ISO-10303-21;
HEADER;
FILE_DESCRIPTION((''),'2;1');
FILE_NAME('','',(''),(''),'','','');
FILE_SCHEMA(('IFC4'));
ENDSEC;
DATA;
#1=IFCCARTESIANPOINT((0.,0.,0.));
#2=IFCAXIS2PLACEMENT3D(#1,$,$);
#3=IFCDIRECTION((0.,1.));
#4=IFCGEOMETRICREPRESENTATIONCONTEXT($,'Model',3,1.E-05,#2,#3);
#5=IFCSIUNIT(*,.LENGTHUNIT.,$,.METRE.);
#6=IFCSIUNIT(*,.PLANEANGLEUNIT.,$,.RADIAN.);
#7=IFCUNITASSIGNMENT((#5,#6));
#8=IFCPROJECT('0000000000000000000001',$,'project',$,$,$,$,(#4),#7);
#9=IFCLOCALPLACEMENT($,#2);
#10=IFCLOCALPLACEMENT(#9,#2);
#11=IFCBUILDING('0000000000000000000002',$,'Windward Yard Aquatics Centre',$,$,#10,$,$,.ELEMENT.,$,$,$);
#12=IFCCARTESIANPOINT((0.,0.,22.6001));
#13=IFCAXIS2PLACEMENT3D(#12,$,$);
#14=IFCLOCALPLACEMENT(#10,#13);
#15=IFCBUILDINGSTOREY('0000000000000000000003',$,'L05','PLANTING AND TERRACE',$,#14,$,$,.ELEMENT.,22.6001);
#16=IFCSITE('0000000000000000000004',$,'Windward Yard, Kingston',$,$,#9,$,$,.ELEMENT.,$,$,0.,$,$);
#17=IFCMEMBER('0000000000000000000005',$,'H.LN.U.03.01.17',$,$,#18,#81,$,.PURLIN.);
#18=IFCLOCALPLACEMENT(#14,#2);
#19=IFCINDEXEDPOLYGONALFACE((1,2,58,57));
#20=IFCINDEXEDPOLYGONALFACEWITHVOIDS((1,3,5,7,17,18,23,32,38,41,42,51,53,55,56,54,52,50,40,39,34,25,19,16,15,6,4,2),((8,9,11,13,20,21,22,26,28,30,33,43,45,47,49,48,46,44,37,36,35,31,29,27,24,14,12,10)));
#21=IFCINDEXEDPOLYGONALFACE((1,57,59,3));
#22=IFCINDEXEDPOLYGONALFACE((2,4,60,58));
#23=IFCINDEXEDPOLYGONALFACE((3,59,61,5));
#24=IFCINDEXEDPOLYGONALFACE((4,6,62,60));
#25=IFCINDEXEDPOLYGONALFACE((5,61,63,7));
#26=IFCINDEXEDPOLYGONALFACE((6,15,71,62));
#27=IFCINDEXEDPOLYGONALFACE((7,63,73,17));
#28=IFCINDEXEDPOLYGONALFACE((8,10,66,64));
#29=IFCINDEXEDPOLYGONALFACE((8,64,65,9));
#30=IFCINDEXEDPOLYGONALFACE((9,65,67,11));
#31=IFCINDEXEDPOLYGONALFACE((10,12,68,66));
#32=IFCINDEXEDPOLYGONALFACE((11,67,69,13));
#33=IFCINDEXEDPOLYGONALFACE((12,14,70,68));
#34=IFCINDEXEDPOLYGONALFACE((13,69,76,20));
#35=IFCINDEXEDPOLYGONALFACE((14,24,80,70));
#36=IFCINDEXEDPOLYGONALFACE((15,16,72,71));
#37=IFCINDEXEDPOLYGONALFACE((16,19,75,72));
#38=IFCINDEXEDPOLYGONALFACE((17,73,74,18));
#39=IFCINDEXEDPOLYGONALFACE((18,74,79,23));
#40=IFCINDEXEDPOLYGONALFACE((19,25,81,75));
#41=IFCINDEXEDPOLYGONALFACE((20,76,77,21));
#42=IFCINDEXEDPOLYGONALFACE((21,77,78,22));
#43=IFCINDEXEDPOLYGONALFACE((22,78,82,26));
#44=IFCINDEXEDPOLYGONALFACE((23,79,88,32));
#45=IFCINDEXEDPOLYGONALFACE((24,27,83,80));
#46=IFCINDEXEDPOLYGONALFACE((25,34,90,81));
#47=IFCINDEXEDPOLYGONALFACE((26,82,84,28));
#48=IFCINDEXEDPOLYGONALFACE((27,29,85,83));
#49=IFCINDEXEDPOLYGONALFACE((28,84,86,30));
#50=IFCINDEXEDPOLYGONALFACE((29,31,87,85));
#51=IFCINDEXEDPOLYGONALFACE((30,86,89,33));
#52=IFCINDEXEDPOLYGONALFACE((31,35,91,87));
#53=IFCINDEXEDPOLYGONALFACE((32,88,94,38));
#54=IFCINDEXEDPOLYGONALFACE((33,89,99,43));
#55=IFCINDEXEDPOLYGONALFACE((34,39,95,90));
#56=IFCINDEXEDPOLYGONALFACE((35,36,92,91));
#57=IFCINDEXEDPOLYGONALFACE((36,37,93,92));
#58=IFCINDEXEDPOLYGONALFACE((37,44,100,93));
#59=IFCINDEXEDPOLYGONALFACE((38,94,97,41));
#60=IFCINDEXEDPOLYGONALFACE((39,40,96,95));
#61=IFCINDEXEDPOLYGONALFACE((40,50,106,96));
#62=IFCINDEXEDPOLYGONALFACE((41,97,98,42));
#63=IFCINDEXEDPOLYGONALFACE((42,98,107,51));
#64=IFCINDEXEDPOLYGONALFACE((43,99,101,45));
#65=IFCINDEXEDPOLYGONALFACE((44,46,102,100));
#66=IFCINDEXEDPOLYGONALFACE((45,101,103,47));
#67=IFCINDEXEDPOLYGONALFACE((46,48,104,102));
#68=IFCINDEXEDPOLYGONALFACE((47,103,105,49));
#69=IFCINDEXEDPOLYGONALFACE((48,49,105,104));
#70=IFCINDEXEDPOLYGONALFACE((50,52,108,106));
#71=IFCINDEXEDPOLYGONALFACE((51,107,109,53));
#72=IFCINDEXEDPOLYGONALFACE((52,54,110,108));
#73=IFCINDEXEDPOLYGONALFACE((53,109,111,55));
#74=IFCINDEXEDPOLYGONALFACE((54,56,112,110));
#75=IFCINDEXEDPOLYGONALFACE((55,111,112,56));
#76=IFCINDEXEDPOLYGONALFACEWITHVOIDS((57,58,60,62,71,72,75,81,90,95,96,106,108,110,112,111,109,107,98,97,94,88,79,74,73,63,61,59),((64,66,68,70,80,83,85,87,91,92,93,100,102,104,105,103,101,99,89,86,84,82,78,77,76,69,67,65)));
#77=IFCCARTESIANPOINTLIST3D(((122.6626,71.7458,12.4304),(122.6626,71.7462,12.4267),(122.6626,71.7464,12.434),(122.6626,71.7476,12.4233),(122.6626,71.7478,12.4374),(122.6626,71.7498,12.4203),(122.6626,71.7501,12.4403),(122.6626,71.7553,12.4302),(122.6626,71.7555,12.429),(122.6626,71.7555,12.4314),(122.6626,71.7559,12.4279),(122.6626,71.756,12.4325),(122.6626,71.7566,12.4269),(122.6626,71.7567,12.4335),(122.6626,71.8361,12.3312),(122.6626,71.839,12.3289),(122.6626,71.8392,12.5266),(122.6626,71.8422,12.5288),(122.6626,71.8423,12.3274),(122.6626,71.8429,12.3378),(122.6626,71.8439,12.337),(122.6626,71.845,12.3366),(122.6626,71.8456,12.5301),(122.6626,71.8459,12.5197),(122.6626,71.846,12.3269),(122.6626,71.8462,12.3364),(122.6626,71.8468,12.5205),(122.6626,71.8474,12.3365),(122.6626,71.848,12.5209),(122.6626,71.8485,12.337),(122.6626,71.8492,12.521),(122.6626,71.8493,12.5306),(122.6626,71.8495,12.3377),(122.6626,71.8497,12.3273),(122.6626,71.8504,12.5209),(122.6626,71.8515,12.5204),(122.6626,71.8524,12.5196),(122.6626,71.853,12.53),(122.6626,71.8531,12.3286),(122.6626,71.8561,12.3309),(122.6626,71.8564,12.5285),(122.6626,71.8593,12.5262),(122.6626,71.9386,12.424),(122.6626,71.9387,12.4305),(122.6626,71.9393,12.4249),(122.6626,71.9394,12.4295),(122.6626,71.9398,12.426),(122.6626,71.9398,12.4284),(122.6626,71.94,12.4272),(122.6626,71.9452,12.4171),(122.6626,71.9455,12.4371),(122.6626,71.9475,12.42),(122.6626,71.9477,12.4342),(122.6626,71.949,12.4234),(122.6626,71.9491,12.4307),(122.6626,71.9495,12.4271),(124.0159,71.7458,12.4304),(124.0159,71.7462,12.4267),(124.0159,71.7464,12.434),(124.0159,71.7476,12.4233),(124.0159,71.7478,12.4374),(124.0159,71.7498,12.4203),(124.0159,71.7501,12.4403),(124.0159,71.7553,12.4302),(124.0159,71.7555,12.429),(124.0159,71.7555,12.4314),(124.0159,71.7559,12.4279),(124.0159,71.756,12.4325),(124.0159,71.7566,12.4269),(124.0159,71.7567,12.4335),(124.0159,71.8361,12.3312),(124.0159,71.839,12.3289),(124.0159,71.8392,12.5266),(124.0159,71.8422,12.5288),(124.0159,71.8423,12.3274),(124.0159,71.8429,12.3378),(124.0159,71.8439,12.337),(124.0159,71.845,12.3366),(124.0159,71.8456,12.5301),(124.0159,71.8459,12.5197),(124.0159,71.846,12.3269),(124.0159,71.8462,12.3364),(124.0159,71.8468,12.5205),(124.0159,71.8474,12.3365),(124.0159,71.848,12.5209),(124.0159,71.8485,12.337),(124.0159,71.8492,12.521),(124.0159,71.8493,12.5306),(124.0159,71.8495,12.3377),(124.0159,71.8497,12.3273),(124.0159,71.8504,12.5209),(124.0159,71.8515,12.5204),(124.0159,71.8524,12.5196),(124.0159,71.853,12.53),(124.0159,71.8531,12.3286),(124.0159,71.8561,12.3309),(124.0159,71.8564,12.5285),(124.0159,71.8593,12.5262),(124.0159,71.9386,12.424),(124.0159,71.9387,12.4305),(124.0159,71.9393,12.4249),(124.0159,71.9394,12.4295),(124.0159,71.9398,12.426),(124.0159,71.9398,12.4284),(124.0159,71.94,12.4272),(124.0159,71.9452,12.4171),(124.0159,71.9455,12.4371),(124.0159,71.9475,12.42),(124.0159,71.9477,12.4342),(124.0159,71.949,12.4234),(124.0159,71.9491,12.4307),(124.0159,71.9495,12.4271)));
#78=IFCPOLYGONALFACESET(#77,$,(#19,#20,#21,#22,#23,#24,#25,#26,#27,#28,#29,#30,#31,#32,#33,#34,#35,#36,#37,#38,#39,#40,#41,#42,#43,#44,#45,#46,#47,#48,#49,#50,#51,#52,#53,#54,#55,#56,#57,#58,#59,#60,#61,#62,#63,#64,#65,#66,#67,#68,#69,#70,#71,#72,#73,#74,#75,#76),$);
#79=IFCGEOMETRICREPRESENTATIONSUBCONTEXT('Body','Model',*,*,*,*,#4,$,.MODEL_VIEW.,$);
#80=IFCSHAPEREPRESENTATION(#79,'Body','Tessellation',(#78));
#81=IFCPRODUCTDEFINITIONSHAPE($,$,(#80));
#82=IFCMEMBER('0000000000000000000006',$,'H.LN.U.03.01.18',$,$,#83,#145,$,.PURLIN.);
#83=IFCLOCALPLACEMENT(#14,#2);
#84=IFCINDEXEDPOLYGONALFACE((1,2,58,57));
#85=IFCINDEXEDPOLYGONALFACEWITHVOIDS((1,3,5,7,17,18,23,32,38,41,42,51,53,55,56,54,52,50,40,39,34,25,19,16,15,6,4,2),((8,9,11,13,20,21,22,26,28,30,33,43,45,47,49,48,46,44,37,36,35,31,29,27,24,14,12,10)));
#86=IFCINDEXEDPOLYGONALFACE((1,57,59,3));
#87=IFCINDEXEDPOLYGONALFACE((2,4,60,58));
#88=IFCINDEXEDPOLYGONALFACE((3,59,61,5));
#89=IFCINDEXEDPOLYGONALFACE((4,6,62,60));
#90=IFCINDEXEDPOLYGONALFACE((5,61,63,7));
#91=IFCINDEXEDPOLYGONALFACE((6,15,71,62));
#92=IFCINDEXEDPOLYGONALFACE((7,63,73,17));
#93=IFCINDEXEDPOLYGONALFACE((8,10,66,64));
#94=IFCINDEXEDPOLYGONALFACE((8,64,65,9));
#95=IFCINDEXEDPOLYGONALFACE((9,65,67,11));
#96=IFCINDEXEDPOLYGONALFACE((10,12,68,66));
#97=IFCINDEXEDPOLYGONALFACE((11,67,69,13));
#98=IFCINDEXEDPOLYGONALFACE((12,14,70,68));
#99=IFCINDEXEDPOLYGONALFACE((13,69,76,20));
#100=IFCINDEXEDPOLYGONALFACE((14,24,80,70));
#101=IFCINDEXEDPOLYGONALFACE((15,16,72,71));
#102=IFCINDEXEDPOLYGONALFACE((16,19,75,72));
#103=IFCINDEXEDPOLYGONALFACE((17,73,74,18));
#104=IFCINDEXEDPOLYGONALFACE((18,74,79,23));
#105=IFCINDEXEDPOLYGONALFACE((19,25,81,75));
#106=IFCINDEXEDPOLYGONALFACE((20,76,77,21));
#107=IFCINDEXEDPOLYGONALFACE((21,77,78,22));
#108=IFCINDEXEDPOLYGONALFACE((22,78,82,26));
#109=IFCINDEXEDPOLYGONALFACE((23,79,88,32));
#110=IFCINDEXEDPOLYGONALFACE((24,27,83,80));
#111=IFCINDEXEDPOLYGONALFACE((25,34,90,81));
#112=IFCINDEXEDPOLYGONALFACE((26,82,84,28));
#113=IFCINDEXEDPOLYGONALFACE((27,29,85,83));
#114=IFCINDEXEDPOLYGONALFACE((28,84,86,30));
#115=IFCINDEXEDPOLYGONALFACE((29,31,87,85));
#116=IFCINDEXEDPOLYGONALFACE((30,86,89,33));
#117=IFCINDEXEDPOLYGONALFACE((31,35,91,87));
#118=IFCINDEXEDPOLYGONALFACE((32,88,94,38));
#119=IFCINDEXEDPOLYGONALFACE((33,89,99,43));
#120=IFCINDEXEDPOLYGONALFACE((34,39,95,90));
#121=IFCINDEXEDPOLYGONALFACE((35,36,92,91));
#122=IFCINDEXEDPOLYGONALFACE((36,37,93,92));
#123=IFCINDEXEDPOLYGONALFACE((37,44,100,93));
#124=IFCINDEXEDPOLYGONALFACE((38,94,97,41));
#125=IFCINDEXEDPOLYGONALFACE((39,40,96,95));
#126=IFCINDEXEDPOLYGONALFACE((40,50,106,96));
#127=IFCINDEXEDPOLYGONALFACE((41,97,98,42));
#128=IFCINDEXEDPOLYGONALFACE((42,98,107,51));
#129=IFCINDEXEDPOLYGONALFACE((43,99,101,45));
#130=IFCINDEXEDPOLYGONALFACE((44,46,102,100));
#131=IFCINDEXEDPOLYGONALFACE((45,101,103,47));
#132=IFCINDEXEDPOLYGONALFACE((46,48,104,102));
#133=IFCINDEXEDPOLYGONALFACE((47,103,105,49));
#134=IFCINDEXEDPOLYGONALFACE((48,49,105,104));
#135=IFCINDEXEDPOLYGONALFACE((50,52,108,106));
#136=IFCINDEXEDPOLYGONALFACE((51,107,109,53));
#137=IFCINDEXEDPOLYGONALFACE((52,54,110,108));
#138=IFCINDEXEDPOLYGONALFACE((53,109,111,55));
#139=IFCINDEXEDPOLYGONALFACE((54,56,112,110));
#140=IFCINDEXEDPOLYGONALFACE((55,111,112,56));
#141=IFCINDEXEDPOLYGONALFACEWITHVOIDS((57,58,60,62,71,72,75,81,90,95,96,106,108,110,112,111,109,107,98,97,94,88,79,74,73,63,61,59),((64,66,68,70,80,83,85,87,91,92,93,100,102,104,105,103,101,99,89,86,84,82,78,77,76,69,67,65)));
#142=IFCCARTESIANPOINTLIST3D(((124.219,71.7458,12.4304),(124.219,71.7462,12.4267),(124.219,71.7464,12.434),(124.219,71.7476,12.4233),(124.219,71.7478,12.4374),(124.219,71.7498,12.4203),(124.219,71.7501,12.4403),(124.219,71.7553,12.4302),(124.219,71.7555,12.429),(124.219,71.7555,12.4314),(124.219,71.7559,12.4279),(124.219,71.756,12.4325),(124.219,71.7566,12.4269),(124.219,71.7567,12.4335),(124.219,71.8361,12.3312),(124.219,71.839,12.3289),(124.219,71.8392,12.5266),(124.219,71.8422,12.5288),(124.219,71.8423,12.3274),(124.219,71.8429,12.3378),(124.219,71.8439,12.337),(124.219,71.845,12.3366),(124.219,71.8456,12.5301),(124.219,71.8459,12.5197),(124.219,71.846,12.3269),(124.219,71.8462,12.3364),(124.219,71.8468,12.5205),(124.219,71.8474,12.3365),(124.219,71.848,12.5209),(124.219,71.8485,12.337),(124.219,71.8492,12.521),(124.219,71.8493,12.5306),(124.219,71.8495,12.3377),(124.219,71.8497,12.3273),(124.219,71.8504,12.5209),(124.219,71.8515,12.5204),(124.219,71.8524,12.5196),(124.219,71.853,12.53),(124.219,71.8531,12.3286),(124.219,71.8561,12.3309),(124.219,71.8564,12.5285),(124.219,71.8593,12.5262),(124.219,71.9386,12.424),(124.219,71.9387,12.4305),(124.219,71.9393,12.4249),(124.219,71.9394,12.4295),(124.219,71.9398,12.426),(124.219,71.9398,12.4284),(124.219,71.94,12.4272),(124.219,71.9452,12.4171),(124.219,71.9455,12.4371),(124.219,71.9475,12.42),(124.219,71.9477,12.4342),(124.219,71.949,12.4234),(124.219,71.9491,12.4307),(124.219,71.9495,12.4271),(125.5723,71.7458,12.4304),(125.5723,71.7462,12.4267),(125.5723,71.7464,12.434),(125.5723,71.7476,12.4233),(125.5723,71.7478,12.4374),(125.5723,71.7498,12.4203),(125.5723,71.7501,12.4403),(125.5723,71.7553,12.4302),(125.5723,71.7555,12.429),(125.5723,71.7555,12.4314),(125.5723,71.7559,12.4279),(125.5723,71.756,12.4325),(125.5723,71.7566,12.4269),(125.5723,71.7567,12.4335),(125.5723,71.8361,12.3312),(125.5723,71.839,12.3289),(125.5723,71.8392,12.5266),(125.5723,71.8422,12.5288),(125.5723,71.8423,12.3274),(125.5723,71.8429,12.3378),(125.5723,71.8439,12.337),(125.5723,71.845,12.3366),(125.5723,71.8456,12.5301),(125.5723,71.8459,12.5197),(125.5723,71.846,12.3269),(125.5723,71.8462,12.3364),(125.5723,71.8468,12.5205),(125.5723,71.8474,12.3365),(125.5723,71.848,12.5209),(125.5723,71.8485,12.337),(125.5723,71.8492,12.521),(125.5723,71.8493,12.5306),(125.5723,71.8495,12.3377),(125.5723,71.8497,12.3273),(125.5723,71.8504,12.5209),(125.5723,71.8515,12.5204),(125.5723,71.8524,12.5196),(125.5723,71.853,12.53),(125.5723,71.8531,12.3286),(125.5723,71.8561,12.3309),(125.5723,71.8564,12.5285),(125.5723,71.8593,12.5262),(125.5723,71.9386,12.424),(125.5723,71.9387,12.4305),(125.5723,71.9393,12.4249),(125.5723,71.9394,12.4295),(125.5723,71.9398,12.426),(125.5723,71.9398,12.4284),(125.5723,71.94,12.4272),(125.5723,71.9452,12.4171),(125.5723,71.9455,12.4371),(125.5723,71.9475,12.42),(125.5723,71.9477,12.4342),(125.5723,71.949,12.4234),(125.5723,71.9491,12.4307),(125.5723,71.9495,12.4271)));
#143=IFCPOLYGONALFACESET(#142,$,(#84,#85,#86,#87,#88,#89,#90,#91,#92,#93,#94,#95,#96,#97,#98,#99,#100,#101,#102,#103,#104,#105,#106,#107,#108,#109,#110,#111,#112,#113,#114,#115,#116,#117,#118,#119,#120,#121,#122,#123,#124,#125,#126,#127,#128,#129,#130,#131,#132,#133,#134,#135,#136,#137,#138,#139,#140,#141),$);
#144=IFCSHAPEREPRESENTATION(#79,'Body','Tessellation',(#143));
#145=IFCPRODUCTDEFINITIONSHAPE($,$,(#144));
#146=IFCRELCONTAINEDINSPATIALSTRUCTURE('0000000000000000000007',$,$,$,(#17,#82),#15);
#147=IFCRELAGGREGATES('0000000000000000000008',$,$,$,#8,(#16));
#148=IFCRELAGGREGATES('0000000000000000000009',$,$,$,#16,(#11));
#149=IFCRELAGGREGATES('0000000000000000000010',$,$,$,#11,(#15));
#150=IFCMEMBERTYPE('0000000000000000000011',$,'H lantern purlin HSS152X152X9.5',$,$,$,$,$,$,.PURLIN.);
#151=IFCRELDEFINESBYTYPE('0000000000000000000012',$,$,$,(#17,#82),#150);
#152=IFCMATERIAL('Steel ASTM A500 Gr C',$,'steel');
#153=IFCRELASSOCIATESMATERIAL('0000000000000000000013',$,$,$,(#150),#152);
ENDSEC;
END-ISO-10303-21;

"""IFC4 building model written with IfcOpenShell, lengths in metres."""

from ifc_helpers import new_model, si_unit, direction, frame, origin, origin_2d, place, context, subcontext, project, spatial, hollow_rectangle, extrude, material, material_profile, profile_set, type_object, element, save


model = new_model("IFC4")

# Units and contexts
model_context = context("Model", 3, precision=1e-05, world=origin(), true_north=direction((0.0, 1.0)))
body_context = subcontext(model_context, "Body", "Model", "MODEL_VIEW")
ifc_project = project(units=[si_unit("LENGTHUNIT", "METRE"), si_unit("PLANEANGLEUNIT", "RADIAN")], contexts=[model_context])

# Site, building, storey
site_placement = place(None, origin())
site = spatial("IfcSite", under=ifc_project, at=site_placement, Name="Windward Yard, Kingston", CompositionType="ELEMENT", RefElevation=0.0)
building_placement = place(site_placement, origin())
building = spatial("IfcBuilding", under=site, at=building_placement, Name="Windward Yard Aquatics Centre", CompositionType="ELEMENT")
storey_placement = place(building_placement, frame((0.0, 0.0, 22.6001)))
storey = spatial("IfcBuildingStorey", under=building, at=storey_placement, Name="L05", Description="PLANTING AND TERRACE", CompositionType="ELEMENT", Elevation=22.6001)

# Members
ifc_material_1 = material(Name="Steel ASTM A500 Gr C", Category="steel")
ifc_material_profile_1 = material_profile(ifc_material_1, hollow_rectangle(XDim=0.1523, YDim=0.1523, WallThickness=0.0095, InnerFilletRadius=0.0046, OuterFilletRadius=0.0142, at=origin_2d()), Name="HSS152X152X9.5")
ifc_profile_set_1 = profile_set([ifc_material_profile_1], Name="Steel ASTM A500 Gr C")
member_type_1 = type_object("IfcMemberType", Name="H lantern purlin HSS152X152X9.5", PredefinedType="PURLIN", material=ifc_profile_set_1)
for number, where, z_axis, x_axis, name in (
    (1, (122.6626, 71.8477, 12.4287), (1.0, 0.0, 0.0), (0.0, 0.69555, -0.718477), "H.LN.U.03.01.17"),
    (2, (124.219, 71.8477, 12.4287), (1.0, 0.0, 0.0), (0.0, 0.69555, -0.718477), "H.LN.U.03.01.18"),
):
    element("IfcMember", number, at=place(storey_placement, frame(where, z_axis=z_axis, x_axis=x_axis)), inside=storey, type_object=member_type_1, Name=name, PredefinedType="PURLIN", context=body_context, shape_type="SweptSolid", body=[
        extrude(hollow_rectangle(XDim=0.1523, YDim=0.1523, WallThickness=0.0095, InnerFilletRadius=0.0046, OuterFilletRadius=0.0142, at=origin_2d()), origin(), (0.0, 0.0, 1.0), 1.3533),
    ])

save(model, "model.ifc")
